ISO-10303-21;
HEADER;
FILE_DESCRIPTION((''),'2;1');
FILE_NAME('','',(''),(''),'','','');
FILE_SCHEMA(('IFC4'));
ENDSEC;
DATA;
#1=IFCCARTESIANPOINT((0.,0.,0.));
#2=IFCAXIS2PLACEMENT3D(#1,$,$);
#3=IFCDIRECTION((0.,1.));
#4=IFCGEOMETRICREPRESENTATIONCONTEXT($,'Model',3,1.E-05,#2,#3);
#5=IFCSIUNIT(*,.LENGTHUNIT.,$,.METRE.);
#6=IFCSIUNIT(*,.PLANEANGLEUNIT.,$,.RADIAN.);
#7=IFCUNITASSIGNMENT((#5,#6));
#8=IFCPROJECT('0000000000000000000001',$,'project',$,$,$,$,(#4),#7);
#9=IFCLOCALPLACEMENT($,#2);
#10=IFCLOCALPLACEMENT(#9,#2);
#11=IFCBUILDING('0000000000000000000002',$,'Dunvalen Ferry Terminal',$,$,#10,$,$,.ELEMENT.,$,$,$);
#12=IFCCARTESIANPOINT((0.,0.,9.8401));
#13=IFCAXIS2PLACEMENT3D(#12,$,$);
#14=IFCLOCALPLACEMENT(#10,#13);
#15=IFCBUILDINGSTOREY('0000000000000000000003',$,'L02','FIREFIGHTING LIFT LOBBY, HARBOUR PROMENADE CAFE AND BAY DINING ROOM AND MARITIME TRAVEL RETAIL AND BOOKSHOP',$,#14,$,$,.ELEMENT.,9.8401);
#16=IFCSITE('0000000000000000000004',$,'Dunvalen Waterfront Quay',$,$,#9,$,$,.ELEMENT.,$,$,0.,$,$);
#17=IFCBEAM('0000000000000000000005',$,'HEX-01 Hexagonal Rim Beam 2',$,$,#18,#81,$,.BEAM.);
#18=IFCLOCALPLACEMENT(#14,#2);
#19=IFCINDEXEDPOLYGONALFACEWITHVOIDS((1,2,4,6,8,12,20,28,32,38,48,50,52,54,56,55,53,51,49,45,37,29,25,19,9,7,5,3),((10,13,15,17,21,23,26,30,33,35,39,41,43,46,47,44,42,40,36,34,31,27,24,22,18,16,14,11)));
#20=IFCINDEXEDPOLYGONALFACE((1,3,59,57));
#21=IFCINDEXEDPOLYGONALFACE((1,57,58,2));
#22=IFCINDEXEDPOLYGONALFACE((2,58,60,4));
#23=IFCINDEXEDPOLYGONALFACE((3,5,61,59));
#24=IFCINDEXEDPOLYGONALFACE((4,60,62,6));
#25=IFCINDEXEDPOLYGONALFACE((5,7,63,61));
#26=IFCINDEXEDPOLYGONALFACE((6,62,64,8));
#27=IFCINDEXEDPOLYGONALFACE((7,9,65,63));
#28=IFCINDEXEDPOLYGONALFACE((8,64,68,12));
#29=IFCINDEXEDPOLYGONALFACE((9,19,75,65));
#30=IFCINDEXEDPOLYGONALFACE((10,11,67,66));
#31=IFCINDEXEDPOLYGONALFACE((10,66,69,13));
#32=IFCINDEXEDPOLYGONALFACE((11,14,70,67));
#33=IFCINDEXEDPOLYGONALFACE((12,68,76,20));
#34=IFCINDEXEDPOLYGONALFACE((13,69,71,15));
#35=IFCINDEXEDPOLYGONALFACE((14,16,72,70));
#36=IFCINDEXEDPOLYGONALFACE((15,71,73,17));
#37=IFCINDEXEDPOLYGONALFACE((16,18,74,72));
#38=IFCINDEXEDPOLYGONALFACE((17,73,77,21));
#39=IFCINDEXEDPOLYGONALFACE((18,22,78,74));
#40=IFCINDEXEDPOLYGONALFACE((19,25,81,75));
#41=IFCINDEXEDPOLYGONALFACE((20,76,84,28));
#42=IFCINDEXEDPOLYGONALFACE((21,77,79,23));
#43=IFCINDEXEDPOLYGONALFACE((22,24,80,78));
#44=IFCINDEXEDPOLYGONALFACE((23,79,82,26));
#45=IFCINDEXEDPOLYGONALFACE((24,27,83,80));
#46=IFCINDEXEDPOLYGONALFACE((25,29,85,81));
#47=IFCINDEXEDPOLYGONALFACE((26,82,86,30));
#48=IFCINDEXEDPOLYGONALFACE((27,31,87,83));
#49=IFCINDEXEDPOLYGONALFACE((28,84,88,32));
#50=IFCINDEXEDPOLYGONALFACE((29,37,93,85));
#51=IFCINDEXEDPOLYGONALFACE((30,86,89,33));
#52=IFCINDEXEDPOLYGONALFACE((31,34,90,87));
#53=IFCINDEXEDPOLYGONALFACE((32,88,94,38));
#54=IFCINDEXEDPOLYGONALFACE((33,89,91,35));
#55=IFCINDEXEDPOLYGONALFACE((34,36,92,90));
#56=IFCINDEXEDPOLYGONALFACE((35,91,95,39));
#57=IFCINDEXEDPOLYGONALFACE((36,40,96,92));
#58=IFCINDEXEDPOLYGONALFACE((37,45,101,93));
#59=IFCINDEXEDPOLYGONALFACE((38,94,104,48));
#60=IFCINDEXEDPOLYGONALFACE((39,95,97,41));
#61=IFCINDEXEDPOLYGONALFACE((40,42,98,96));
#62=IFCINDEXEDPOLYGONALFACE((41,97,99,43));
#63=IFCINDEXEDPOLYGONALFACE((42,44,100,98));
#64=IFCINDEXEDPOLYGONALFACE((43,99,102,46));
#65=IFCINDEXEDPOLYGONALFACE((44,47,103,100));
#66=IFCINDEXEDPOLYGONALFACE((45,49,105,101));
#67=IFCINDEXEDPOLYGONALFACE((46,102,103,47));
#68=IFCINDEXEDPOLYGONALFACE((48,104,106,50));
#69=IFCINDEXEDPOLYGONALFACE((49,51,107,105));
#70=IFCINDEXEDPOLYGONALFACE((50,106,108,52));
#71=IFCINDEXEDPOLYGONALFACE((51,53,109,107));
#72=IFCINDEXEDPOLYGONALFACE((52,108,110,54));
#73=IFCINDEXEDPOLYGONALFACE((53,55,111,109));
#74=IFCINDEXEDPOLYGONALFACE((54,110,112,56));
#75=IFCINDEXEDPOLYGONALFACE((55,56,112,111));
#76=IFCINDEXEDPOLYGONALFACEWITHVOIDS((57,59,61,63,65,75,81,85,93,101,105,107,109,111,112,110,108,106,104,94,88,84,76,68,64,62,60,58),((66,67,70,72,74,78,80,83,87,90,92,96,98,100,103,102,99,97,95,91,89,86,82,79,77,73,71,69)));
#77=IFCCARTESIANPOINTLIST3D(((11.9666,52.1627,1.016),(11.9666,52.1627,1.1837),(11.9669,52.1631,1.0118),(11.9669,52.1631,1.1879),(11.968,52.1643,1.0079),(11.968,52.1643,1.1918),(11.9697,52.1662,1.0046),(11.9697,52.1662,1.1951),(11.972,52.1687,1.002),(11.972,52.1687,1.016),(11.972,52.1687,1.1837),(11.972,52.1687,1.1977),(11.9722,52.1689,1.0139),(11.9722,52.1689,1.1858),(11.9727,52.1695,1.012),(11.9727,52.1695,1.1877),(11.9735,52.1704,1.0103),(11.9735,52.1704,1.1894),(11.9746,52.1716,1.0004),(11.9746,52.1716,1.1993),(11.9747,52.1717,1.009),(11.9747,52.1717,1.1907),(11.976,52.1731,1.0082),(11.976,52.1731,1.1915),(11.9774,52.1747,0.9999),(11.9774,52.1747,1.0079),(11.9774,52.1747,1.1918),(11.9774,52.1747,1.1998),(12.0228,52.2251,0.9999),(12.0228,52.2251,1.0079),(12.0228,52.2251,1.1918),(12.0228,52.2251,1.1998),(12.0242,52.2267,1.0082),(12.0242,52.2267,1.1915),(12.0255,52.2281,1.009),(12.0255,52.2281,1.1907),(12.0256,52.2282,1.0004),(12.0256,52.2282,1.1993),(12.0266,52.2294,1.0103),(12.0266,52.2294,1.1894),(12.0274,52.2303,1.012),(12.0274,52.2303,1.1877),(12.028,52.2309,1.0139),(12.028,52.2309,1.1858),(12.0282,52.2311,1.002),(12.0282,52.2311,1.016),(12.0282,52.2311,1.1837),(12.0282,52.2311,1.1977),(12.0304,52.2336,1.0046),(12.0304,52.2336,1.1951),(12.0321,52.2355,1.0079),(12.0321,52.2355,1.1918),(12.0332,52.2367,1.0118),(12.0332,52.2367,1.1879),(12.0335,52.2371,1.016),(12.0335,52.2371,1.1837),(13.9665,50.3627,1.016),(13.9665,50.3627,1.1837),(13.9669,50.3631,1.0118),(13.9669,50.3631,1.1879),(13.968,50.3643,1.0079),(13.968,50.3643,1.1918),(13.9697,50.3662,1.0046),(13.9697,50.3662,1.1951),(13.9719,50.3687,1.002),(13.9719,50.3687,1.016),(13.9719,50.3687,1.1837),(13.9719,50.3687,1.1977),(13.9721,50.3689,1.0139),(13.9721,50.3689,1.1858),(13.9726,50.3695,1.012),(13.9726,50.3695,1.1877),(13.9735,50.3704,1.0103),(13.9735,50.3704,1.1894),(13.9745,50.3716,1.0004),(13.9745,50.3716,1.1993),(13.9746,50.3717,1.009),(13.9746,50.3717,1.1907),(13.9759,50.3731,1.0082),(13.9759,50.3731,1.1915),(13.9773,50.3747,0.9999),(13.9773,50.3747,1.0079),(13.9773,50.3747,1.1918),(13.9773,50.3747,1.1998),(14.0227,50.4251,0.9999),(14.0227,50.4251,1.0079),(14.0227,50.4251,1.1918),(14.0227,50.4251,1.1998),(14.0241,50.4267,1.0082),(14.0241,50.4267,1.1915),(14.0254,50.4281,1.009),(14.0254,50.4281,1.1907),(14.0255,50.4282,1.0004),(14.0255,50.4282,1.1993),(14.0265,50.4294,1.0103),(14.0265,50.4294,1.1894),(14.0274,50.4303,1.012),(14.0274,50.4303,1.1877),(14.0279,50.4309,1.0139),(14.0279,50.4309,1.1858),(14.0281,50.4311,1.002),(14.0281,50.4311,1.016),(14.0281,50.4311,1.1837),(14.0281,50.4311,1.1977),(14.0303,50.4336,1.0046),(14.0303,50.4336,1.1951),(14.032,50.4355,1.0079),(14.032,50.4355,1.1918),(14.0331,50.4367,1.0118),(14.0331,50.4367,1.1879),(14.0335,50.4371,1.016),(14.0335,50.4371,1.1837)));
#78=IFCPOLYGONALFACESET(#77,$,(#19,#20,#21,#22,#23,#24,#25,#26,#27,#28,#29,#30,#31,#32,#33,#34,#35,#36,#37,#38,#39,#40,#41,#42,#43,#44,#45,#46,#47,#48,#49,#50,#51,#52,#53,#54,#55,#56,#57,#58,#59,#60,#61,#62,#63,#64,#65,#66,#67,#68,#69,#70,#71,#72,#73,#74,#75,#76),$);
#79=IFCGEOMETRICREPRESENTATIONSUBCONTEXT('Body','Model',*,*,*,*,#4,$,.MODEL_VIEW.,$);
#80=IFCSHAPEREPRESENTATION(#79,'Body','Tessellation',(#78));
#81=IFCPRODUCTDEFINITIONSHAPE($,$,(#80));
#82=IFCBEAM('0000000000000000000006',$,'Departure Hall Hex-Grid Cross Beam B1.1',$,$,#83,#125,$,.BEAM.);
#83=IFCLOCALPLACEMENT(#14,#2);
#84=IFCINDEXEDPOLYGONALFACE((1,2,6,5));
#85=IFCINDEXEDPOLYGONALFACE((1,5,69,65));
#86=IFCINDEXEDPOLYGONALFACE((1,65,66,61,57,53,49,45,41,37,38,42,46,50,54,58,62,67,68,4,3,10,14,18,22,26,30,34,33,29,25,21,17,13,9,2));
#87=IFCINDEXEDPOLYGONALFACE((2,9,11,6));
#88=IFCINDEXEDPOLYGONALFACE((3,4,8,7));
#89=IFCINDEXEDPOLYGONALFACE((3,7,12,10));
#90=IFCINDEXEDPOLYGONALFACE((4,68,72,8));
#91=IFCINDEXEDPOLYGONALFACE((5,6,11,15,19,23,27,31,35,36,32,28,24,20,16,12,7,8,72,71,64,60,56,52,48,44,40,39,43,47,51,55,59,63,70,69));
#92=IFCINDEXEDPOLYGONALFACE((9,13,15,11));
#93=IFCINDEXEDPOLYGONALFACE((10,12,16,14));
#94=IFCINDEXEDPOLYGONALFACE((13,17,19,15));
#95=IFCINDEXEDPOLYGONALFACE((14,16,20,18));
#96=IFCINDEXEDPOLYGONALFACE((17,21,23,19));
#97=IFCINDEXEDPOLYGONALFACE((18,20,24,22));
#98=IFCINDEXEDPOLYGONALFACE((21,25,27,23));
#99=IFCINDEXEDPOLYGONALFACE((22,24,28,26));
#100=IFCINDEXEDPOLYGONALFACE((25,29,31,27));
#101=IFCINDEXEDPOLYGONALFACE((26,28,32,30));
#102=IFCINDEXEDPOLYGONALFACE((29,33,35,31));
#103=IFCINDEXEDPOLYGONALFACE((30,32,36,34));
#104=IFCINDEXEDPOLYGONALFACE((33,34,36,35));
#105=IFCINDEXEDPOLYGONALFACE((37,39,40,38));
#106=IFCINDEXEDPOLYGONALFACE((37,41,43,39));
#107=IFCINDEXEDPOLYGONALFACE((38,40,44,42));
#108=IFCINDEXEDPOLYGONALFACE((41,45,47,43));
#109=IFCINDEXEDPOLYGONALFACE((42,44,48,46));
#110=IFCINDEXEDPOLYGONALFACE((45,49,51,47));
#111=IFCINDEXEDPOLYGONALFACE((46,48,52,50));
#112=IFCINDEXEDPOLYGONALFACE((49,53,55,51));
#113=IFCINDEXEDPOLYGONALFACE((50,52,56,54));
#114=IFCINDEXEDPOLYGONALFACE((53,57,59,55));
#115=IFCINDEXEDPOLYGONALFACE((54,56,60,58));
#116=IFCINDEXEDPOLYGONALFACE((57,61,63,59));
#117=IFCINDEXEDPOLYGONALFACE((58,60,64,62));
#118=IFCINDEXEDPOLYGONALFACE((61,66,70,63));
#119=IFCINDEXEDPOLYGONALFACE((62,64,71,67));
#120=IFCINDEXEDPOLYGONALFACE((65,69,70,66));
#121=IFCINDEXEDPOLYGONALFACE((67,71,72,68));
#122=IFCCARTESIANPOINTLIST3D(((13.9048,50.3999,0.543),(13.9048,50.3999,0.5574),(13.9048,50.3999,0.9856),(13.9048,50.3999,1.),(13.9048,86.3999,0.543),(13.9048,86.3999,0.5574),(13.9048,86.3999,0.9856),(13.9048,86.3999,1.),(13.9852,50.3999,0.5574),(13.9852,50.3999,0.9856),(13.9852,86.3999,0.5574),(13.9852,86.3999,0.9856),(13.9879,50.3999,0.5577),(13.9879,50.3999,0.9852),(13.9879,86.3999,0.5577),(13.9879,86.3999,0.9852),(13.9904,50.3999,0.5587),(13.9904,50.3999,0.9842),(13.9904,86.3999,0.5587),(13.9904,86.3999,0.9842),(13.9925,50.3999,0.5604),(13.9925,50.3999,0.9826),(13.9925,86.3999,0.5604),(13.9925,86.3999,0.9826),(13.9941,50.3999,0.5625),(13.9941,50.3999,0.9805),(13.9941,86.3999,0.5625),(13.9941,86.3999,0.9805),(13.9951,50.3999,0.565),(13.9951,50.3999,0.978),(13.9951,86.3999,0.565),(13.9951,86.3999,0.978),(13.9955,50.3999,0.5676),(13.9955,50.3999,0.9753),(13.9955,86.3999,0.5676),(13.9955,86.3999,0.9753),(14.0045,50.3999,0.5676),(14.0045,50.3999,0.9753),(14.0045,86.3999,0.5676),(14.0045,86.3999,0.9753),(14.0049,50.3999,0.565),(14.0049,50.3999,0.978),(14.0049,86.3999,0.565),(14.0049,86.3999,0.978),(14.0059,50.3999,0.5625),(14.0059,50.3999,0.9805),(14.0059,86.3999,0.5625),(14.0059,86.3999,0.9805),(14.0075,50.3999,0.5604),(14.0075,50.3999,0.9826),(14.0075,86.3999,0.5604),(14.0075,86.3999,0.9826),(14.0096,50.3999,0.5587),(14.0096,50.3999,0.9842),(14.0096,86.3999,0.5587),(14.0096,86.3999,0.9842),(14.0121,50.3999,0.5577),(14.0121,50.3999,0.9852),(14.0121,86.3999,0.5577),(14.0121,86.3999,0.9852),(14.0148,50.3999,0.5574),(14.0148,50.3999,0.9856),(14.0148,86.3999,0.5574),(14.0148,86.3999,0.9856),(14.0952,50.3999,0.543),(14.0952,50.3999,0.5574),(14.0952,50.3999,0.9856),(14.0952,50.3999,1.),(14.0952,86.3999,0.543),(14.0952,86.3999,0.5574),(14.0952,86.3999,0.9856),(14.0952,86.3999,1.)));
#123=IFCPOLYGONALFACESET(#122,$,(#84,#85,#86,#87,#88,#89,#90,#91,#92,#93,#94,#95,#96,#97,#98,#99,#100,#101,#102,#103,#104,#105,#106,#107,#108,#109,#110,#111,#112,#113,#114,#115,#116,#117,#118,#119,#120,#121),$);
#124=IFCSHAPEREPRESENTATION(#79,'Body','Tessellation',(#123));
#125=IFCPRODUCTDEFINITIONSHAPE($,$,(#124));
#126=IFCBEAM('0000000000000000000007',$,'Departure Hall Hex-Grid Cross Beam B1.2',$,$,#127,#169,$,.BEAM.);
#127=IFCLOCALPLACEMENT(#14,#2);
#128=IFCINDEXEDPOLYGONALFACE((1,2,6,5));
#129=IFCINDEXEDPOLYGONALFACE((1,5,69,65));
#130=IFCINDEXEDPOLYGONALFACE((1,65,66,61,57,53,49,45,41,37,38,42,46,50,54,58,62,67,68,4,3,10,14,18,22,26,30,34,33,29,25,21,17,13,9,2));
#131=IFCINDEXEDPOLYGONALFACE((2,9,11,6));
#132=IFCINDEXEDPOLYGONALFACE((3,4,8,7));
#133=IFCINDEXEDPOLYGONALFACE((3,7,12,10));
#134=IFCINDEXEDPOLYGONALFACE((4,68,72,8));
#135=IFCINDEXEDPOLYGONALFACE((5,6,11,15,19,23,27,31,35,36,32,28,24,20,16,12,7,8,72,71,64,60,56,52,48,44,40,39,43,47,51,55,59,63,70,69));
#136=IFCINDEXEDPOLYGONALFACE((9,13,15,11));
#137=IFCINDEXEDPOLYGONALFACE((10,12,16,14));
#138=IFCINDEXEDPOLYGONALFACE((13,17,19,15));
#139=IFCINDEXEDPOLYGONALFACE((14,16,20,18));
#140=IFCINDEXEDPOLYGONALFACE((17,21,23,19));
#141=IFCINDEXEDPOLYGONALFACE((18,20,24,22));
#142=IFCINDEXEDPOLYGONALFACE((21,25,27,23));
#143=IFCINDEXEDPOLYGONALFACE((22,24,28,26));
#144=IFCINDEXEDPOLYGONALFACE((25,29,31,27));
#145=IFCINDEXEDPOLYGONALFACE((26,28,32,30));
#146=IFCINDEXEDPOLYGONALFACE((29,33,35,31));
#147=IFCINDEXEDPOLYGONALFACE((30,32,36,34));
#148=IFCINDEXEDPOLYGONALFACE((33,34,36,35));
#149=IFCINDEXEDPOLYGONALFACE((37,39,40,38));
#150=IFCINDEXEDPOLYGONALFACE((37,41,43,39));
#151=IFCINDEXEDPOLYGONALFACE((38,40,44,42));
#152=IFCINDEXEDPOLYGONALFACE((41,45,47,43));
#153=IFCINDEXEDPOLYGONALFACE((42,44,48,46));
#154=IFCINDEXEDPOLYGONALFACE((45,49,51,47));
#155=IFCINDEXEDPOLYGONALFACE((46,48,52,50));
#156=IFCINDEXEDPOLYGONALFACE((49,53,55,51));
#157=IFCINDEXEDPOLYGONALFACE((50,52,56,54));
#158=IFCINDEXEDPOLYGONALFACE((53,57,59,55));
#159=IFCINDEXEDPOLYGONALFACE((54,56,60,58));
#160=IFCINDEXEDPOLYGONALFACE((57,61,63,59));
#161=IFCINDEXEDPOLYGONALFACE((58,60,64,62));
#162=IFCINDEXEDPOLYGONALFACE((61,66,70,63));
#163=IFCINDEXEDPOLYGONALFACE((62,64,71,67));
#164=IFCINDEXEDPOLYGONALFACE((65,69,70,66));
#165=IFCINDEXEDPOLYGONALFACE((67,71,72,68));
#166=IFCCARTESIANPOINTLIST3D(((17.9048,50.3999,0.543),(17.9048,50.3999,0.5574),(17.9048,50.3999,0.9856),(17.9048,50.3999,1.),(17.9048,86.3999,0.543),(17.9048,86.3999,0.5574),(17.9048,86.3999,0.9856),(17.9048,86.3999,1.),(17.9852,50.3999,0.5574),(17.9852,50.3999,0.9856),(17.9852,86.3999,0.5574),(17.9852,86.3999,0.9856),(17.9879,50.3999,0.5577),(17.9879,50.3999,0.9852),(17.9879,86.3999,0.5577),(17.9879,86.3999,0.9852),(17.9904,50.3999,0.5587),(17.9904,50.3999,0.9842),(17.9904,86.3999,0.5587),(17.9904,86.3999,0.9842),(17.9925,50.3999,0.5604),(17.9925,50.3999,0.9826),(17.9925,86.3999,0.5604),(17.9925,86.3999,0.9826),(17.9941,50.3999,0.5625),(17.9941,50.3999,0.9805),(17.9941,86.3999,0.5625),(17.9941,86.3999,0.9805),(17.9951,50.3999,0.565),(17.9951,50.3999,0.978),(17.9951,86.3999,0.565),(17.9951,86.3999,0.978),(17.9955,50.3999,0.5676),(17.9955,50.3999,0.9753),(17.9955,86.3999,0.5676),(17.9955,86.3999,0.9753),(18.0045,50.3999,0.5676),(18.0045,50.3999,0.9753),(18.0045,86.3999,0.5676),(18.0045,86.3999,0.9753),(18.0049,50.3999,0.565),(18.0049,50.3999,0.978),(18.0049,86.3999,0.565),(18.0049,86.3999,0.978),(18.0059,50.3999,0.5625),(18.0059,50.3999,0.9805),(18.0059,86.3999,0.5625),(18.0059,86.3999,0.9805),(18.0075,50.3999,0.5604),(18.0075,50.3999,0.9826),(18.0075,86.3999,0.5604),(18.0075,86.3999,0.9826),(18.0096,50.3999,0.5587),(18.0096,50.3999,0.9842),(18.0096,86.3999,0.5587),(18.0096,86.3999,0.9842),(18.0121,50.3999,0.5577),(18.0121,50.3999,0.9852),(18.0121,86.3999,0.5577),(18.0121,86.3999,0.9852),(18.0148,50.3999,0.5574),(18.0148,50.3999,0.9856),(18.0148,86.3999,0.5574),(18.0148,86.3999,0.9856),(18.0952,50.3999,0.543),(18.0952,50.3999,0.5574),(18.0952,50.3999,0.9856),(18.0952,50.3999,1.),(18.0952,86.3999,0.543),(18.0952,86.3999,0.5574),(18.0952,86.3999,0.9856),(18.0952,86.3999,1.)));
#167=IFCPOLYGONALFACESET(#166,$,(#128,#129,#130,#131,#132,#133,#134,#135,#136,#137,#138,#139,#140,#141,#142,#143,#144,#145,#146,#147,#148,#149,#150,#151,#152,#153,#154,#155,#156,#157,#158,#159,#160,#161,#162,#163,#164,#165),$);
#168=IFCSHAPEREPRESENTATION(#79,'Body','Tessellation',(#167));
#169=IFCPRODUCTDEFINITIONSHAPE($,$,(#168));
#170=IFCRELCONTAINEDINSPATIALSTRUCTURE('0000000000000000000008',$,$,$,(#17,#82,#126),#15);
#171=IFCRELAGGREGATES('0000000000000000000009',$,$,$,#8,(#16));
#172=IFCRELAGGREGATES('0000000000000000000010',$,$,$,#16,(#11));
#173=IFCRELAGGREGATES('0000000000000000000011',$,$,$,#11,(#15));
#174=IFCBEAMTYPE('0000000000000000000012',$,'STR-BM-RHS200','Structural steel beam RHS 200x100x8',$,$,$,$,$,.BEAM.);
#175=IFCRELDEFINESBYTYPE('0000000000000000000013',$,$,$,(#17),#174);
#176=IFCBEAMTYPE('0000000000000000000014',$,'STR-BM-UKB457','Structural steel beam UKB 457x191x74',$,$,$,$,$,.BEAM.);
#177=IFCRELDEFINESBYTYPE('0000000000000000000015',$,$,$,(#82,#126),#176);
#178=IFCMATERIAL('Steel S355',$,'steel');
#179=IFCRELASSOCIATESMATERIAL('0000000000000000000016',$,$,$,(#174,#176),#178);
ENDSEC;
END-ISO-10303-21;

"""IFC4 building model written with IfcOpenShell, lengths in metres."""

from ifc_helpers import new_model, si_unit, direction, frame, origin, origin_2d, place, context, subcontext, project, spatial, hollow_rectangle, i_section, extrude, material, material_profile, profile_set, type_object, element, save


model = new_model("IFC4")

# Units and contexts
model_context = context("Model", 3, precision=1e-05, world=origin(), true_north=direction((0.0, 1.0)))
body_context = subcontext(model_context, "Body", "Model", "MODEL_VIEW")
ifc_project = project(units=[si_unit("LENGTHUNIT", "METRE"), si_unit("PLANEANGLEUNIT", "RADIAN")], contexts=[model_context])

# Site, building, storey
site_placement = place(None, origin())
site = spatial("IfcSite", under=ifc_project, at=site_placement, Name="Dunvalen Waterfront Quay", CompositionType="ELEMENT", RefElevation=0.0)
building_placement = place(site_placement, origin())
building = spatial("IfcBuilding", under=site, at=building_placement, Name="Dunvalen Ferry Terminal", CompositionType="ELEMENT")
storey_placement = place(building_placement, frame((0.0, 0.0, 9.8401)))
storey = spatial("IfcBuildingStorey", under=building, at=storey_placement, Name="L02", Description="FIREFIGHTING LIFT LOBBY, HARBOUR PROMENADE CAFE AND BAY DINING ROOM AND MARITIME TRAVEL RETAIL AND BOOKSHOP", CompositionType="ELEMENT", Elevation=9.8401)

# Beams
ifc_material_1 = material(Name="Steel S355", Category="steel")
ifc_material_profile_1 = material_profile(ifc_material_1, hollow_rectangle(XDim=0.1001, YDim=0.2, WallThickness=0.0081, InnerFilletRadius=0.0081, OuterFilletRadius=0.0161, at=origin_2d()), Name="Steel S355")
ifc_profile_set_1 = profile_set([ifc_material_profile_1], Name="Steel S355")
beam_type_1 = type_object("IfcBeamType", Name="STR-BM-RHS200", Description="Structural steel beam RHS 200x100x8", PredefinedType="BEAM", material=ifc_profile_set_1)
beam_placement = place(storey_placement, frame((14.0, 50.3999, 1.0999), z_axis=(-0.743285, 0.668975, 0.0), x_axis=(-0.668975, -0.743285, 0.0)))
element("IfcBeam", 1, at=beam_placement, inside=storey, type_object=beam_type_1, Name="HEX-01 Hexagonal Rim Beam 2", PredefinedType="BEAM", context=body_context, shape_type="SweptSolid", body=[
    extrude(hollow_rectangle(XDim=0.1001, YDim=0.2, WallThickness=0.0081, InnerFilletRadius=0.0081, OuterFilletRadius=0.0161, at=origin_2d()), origin(), (0.0, 0.0, 1.0), 2.6907),
])
ifc_material_profile_2 = material_profile(ifc_material_1, i_section(OverallWidth=0.1904, OverallDepth=0.457, WebThickness=0.009, FlangeThickness=0.0144, FilletRadius=0.0103, at=origin_2d()), Name="Steel S355")
ifc_profile_set_2 = profile_set([ifc_material_profile_2], Name="Steel S355")
beam_type_2 = type_object("IfcBeamType", Name="STR-BM-UKB457", Description="Structural steel beam UKB 457x191x74", PredefinedType="BEAM", material=ifc_profile_set_2)
for number, where, z_axis, x_axis, name in (
    (2, (14.0, 50.3999, 0.7715), (0.0, 1.0, 0.0), (-1.0, 0.0, 0.0), "Departure Hall Hex-Grid Cross Beam B1.1"),
    (3, (18.0, 50.3999, 0.7715), (0.0, 1.0, 0.0), (-1.0, 0.0, 0.0), "Departure Hall Hex-Grid Cross Beam B1.2"),
):
    element("IfcBeam", number, at=place(storey_placement, frame(where, z_axis=z_axis, x_axis=x_axis)), inside=storey, type_object=beam_type_2, Name=name, PredefinedType="BEAM", context=body_context, shape_type="SweptSolid", body=[
        extrude(i_section(OverallWidth=0.1904, OverallDepth=0.457, WebThickness=0.009, FlangeThickness=0.0144, FilletRadius=0.0103, at=origin_2d()), origin(), (0.0, 0.0, 1.0), 36.0),
    ])

save(model, "model.ifc")
